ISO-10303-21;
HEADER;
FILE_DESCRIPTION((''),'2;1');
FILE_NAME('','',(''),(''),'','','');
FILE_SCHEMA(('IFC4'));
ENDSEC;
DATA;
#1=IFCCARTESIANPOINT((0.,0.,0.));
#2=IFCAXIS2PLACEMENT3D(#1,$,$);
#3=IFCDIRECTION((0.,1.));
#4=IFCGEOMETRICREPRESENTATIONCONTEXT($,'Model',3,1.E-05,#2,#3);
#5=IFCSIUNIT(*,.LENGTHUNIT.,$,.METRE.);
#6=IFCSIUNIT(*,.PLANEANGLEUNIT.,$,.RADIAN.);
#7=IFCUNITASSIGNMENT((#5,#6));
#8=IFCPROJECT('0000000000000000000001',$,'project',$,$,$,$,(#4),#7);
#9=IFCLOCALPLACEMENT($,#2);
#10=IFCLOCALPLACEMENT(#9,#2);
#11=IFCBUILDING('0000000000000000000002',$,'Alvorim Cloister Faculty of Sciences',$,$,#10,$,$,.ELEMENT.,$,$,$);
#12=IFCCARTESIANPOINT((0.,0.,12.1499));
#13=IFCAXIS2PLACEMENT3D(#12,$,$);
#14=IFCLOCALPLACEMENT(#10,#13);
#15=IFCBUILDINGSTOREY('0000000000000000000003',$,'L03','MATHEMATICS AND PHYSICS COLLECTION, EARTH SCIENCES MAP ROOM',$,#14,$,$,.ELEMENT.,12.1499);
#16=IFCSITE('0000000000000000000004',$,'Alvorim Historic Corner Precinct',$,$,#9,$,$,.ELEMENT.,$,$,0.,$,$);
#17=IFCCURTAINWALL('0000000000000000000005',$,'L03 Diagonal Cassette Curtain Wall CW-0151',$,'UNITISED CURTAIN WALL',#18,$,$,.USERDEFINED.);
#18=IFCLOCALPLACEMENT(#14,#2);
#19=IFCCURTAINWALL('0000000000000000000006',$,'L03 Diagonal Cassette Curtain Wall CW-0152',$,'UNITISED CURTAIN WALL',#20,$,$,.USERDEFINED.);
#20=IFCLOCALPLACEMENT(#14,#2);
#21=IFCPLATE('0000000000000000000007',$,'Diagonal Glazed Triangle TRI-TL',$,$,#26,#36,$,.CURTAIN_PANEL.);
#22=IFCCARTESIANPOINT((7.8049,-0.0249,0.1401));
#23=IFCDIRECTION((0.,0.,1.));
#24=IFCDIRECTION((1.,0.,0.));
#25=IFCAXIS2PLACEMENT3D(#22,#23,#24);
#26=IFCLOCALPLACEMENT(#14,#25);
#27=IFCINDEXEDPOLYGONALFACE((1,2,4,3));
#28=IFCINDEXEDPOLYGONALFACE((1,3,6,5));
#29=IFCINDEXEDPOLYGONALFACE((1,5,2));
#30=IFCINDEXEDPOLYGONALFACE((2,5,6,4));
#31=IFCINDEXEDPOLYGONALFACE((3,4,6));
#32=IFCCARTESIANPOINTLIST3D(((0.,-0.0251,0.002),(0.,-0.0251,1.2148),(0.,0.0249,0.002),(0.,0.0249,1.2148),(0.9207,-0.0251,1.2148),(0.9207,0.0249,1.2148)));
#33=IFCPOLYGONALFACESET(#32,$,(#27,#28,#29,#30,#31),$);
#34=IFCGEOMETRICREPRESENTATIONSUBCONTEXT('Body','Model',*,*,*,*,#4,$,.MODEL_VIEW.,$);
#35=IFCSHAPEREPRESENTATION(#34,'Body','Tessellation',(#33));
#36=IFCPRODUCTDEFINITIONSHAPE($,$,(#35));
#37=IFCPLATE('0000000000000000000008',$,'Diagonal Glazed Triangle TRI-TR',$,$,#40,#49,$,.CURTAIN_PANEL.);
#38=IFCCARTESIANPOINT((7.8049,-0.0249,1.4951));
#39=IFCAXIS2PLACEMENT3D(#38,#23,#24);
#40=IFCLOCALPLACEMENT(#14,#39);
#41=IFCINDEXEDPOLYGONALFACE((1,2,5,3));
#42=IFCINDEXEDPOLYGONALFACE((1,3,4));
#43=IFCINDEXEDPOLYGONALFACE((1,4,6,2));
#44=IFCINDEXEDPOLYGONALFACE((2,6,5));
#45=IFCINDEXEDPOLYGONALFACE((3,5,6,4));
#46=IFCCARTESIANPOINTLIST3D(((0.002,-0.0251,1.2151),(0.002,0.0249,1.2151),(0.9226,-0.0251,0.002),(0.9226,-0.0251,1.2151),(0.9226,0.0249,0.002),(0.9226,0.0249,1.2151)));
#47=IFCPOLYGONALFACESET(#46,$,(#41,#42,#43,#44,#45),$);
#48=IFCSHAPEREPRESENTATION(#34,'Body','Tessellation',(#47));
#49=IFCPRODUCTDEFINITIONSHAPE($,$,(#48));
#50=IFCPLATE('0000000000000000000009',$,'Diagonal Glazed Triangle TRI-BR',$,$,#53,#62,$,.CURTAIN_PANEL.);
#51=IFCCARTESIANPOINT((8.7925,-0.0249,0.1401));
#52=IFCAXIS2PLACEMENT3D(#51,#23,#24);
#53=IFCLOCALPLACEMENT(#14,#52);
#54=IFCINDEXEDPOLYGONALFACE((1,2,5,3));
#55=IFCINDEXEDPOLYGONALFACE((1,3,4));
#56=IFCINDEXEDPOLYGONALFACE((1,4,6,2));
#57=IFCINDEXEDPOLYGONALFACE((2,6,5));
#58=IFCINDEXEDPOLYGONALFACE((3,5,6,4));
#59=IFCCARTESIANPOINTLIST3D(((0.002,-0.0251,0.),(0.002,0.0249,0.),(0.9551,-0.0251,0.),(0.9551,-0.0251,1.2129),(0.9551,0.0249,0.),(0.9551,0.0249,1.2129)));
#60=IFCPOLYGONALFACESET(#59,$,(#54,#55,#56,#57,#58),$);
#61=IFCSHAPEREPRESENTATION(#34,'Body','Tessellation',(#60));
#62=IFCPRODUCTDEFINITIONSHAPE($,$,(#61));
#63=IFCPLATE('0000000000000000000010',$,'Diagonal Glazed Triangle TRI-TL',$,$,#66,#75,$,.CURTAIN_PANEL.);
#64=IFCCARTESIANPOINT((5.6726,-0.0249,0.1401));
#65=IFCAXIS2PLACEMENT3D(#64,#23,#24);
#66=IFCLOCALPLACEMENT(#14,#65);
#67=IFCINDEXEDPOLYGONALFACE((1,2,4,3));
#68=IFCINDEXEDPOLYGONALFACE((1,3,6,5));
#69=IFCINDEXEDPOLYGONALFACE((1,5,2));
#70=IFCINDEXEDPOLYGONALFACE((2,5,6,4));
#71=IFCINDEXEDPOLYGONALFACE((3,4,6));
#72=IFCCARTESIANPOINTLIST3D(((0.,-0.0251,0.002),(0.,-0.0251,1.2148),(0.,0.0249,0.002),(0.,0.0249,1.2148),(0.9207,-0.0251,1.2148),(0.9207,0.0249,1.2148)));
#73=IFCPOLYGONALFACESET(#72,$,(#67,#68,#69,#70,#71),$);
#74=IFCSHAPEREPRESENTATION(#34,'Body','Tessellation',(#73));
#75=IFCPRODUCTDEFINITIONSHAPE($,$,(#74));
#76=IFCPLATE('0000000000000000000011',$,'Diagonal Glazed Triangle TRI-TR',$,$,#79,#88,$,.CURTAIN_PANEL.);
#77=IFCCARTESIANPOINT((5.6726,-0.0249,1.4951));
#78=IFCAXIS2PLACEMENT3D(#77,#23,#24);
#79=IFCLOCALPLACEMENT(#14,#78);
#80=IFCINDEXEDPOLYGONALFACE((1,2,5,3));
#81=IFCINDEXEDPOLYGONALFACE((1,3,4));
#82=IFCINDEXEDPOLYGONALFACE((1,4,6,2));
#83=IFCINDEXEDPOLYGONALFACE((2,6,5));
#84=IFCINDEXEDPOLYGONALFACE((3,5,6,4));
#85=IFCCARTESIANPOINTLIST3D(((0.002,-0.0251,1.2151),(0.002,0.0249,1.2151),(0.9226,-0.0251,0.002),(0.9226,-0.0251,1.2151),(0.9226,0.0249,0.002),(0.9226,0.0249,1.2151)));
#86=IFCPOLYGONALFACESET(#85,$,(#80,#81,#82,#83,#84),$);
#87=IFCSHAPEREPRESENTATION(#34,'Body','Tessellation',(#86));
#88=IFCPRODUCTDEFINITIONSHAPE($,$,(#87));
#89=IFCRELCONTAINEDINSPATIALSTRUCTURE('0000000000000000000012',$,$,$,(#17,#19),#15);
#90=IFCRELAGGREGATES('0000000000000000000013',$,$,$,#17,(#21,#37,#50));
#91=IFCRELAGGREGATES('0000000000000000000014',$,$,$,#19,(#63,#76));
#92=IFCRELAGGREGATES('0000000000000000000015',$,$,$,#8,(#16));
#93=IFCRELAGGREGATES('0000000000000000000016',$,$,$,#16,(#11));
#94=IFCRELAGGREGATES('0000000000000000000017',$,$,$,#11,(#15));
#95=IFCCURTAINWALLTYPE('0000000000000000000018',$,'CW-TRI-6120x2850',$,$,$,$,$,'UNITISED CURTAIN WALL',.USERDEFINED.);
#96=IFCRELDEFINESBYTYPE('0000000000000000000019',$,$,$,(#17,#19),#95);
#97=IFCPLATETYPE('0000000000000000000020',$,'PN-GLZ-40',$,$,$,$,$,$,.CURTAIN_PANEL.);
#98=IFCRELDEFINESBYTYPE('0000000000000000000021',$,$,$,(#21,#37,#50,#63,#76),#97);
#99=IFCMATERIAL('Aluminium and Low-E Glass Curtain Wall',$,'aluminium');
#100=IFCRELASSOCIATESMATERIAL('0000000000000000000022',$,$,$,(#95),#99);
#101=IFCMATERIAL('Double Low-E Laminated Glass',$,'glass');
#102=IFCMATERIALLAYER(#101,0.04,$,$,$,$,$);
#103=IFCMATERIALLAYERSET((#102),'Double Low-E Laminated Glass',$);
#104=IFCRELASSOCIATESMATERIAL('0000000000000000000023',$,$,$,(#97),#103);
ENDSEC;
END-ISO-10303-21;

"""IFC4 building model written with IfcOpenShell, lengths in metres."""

from ifc_helpers import new_model, si_unit, direction, frame, origin, place, context, subcontext, project, spatial, polyline, outline, extrude, material, layer, layer_set, type_object, element, aggregate, save


model = new_model("IFC4")

# Units and contexts
model_context = context("Model", 3, precision=1e-05, world=origin(), true_north=direction((0.0, 1.0)))
body_context = subcontext(model_context, "Body", "Model", "MODEL_VIEW")
ifc_project = project(units=[si_unit("LENGTHUNIT", "METRE"), si_unit("PLANEANGLEUNIT", "RADIAN")], contexts=[model_context])

# Site, building, storey
site_placement = place(None, origin())
site = spatial("IfcSite", under=ifc_project, at=site_placement, Name="Alvorim Historic Corner Precinct", CompositionType="ELEMENT", RefElevation=0.0)
building_placement = place(site_placement, origin())
building = spatial("IfcBuilding", under=site, at=building_placement, Name="Alvorim Cloister Faculty of Sciences", CompositionType="ELEMENT")
storey_placement = place(building_placement, frame((0.0, 0.0, 12.1499)))
storey = spatial("IfcBuildingStorey", under=building, at=storey_placement, Name="L03", Description="MATHEMATICS AND PHYSICS COLLECTION, EARTH SCIENCES MAP ROOM", CompositionType="ELEMENT", Elevation=12.1499)

# Curtain walls
ifc_material_1 = material(Name="Aluminium and Low-E Glass Curtain Wall", Category="aluminium")
curtain_wall_type = type_object("IfcCurtainWallType", Name="CW-TRI-6120x2850", ElementType="UNITISED CURTAIN WALL", PredefinedType="USERDEFINED", material=ifc_material_1)
curtain_wall_1_placement = place(storey_placement, origin())
curtain_wall_1 = element("IfcCurtainWall", 1, at=curtain_wall_1_placement, inside=storey, type_object=curtain_wall_type, Name="L03 Diagonal Cassette Curtain Wall CW-0151", ObjectType="UNITISED CURTAIN WALL", PredefinedType="USERDEFINED")
curtain_wall_2_placement = place(storey_placement, origin())
curtain_wall_2 = element("IfcCurtainWall", 2, at=curtain_wall_2_placement, inside=storey, type_object=curtain_wall_type, Name="L03 Diagonal Cassette Curtain Wall CW-0152", ObjectType="UNITISED CURTAIN WALL", PredefinedType="USERDEFINED")

# Plates
ifc_material_2 = material(Name="Double Low-E Laminated Glass", Category="glass")
ifc_layer_1 = layer(ifc_material_2, 0.04)
ifc_layer_set_1 = layer_set([ifc_layer_1], Name="Double Low-E Laminated Glass")
plate_type = type_object("IfcPlateType", Name="PN-GLZ-40", PredefinedType="CURTAIN_PANEL", material=ifc_layer_set_1)
plate_1_placement = place(storey_placement, frame((7.8049, -0.0249, 0.1401), z_axis=(0.0, 0.0, 1.0), x_axis=(1.0, 0.0, 0.0)))
plate_1 = element("IfcPlate", 3, at=plate_1_placement, type_object=plate_type, Name="Diagonal Glazed Triangle TRI-TL", PredefinedType="CURTAIN_PANEL", context=body_context, shape_type="SweptSolid", body=[
    extrude(outline(polyline([(0.9207, 1.2148), (0.0, 1.2148), (0.0, 0.002), (0.9207, 1.2148)])), frame((0.0, 0.0249, 0.0), z_axis=(0.0, -1.0, 0.0), x_axis=(1.0, 0.0, 0.0)), (0.0, 0.0, 1.0), 0.05),
])
plate_2_placement = place(storey_placement, frame((7.8049, -0.0249, 1.4951), z_axis=(0.0, 0.0, 1.0), x_axis=(1.0, 0.0, 0.0)))
plate_2 = element("IfcPlate", 4, at=plate_2_placement, type_object=plate_type, Name="Diagonal Glazed Triangle TRI-TR", PredefinedType="CURTAIN_PANEL", context=body_context, shape_type="SweptSolid", body=[
    extrude(outline(polyline([(0.9226, 0.002), (0.9226, 1.2151), (0.002, 1.2151), (0.9226, 0.002)])), frame((0.0, 0.0249, 0.0), z_axis=(0.0, -1.0, 0.0), x_axis=(1.0, 0.0, 0.0)), (0.0, 0.0, 1.0), 0.05),
])
plate_3_placement = place(storey_placement, frame((8.7925, -0.0249, 0.1401), z_axis=(0.0, 0.0, 1.0), x_axis=(1.0, 0.0, 0.0)))
plate_3 = element("IfcPlate", 5, at=plate_3_placement, type_object=plate_type, Name="Diagonal Glazed Triangle TRI-BR", PredefinedType="CURTAIN_PANEL", context=body_context, shape_type="SweptSolid", body=[
    extrude(outline(polyline([(0.002, 0.0), (0.9551, 0.0), (0.9551, 1.2129), (0.002, 0.0)])), frame((0.0, 0.0249, 0.0), z_axis=(0.0, -1.0, 0.0), x_axis=(1.0, 0.0, 0.0)), (0.0, 0.0, 1.0), 0.05),
])
aggregate(curtain_wall_1, [plate_1, plate_2, plate_3])
plate_4_placement = place(storey_placement, frame((5.6726, -0.0249, 0.1401), z_axis=(0.0, 0.0, 1.0), x_axis=(1.0, 0.0, 0.0)))
plate_4 = element("IfcPlate", 6, at=plate_4_placement, type_object=plate_type, Name="Diagonal Glazed Triangle TRI-TL", PredefinedType="CURTAIN_PANEL", context=body_context, shape_type="SweptSolid", body=[
    extrude(outline(polyline([(0.9207, 1.2148), (0.0, 1.2148), (0.0, 0.002), (0.9207, 1.2148)])), frame((0.0, 0.0249, 0.0), z_axis=(0.0, -1.0, 0.0), x_axis=(1.0, 0.0, 0.0)), (0.0, 0.0, 1.0), 0.05),
])
plate_5_placement = place(storey_placement, frame((5.6726, -0.0249, 1.4951), z_axis=(0.0, 0.0, 1.0), x_axis=(1.0, 0.0, 0.0)))
plate_5 = element("IfcPlate", 7, at=plate_5_placement, type_object=plate_type, Name="Diagonal Glazed Triangle TRI-TR", PredefinedType="CURTAIN_PANEL", context=body_context, shape_type="SweptSolid", body=[
    extrude(outline(polyline([(0.9226, 0.002), (0.9226, 1.2151), (0.002, 1.2151), (0.9226, 0.002)])), frame((0.0, 0.0249, 0.0), z_axis=(0.0, -1.0, 0.0), x_axis=(1.0, 0.0, 0.0)), (0.0, 0.0, 1.0), 0.05),
])
aggregate(curtain_wall_2, [plate_4, plate_5])

save(model, "model.ifc")
